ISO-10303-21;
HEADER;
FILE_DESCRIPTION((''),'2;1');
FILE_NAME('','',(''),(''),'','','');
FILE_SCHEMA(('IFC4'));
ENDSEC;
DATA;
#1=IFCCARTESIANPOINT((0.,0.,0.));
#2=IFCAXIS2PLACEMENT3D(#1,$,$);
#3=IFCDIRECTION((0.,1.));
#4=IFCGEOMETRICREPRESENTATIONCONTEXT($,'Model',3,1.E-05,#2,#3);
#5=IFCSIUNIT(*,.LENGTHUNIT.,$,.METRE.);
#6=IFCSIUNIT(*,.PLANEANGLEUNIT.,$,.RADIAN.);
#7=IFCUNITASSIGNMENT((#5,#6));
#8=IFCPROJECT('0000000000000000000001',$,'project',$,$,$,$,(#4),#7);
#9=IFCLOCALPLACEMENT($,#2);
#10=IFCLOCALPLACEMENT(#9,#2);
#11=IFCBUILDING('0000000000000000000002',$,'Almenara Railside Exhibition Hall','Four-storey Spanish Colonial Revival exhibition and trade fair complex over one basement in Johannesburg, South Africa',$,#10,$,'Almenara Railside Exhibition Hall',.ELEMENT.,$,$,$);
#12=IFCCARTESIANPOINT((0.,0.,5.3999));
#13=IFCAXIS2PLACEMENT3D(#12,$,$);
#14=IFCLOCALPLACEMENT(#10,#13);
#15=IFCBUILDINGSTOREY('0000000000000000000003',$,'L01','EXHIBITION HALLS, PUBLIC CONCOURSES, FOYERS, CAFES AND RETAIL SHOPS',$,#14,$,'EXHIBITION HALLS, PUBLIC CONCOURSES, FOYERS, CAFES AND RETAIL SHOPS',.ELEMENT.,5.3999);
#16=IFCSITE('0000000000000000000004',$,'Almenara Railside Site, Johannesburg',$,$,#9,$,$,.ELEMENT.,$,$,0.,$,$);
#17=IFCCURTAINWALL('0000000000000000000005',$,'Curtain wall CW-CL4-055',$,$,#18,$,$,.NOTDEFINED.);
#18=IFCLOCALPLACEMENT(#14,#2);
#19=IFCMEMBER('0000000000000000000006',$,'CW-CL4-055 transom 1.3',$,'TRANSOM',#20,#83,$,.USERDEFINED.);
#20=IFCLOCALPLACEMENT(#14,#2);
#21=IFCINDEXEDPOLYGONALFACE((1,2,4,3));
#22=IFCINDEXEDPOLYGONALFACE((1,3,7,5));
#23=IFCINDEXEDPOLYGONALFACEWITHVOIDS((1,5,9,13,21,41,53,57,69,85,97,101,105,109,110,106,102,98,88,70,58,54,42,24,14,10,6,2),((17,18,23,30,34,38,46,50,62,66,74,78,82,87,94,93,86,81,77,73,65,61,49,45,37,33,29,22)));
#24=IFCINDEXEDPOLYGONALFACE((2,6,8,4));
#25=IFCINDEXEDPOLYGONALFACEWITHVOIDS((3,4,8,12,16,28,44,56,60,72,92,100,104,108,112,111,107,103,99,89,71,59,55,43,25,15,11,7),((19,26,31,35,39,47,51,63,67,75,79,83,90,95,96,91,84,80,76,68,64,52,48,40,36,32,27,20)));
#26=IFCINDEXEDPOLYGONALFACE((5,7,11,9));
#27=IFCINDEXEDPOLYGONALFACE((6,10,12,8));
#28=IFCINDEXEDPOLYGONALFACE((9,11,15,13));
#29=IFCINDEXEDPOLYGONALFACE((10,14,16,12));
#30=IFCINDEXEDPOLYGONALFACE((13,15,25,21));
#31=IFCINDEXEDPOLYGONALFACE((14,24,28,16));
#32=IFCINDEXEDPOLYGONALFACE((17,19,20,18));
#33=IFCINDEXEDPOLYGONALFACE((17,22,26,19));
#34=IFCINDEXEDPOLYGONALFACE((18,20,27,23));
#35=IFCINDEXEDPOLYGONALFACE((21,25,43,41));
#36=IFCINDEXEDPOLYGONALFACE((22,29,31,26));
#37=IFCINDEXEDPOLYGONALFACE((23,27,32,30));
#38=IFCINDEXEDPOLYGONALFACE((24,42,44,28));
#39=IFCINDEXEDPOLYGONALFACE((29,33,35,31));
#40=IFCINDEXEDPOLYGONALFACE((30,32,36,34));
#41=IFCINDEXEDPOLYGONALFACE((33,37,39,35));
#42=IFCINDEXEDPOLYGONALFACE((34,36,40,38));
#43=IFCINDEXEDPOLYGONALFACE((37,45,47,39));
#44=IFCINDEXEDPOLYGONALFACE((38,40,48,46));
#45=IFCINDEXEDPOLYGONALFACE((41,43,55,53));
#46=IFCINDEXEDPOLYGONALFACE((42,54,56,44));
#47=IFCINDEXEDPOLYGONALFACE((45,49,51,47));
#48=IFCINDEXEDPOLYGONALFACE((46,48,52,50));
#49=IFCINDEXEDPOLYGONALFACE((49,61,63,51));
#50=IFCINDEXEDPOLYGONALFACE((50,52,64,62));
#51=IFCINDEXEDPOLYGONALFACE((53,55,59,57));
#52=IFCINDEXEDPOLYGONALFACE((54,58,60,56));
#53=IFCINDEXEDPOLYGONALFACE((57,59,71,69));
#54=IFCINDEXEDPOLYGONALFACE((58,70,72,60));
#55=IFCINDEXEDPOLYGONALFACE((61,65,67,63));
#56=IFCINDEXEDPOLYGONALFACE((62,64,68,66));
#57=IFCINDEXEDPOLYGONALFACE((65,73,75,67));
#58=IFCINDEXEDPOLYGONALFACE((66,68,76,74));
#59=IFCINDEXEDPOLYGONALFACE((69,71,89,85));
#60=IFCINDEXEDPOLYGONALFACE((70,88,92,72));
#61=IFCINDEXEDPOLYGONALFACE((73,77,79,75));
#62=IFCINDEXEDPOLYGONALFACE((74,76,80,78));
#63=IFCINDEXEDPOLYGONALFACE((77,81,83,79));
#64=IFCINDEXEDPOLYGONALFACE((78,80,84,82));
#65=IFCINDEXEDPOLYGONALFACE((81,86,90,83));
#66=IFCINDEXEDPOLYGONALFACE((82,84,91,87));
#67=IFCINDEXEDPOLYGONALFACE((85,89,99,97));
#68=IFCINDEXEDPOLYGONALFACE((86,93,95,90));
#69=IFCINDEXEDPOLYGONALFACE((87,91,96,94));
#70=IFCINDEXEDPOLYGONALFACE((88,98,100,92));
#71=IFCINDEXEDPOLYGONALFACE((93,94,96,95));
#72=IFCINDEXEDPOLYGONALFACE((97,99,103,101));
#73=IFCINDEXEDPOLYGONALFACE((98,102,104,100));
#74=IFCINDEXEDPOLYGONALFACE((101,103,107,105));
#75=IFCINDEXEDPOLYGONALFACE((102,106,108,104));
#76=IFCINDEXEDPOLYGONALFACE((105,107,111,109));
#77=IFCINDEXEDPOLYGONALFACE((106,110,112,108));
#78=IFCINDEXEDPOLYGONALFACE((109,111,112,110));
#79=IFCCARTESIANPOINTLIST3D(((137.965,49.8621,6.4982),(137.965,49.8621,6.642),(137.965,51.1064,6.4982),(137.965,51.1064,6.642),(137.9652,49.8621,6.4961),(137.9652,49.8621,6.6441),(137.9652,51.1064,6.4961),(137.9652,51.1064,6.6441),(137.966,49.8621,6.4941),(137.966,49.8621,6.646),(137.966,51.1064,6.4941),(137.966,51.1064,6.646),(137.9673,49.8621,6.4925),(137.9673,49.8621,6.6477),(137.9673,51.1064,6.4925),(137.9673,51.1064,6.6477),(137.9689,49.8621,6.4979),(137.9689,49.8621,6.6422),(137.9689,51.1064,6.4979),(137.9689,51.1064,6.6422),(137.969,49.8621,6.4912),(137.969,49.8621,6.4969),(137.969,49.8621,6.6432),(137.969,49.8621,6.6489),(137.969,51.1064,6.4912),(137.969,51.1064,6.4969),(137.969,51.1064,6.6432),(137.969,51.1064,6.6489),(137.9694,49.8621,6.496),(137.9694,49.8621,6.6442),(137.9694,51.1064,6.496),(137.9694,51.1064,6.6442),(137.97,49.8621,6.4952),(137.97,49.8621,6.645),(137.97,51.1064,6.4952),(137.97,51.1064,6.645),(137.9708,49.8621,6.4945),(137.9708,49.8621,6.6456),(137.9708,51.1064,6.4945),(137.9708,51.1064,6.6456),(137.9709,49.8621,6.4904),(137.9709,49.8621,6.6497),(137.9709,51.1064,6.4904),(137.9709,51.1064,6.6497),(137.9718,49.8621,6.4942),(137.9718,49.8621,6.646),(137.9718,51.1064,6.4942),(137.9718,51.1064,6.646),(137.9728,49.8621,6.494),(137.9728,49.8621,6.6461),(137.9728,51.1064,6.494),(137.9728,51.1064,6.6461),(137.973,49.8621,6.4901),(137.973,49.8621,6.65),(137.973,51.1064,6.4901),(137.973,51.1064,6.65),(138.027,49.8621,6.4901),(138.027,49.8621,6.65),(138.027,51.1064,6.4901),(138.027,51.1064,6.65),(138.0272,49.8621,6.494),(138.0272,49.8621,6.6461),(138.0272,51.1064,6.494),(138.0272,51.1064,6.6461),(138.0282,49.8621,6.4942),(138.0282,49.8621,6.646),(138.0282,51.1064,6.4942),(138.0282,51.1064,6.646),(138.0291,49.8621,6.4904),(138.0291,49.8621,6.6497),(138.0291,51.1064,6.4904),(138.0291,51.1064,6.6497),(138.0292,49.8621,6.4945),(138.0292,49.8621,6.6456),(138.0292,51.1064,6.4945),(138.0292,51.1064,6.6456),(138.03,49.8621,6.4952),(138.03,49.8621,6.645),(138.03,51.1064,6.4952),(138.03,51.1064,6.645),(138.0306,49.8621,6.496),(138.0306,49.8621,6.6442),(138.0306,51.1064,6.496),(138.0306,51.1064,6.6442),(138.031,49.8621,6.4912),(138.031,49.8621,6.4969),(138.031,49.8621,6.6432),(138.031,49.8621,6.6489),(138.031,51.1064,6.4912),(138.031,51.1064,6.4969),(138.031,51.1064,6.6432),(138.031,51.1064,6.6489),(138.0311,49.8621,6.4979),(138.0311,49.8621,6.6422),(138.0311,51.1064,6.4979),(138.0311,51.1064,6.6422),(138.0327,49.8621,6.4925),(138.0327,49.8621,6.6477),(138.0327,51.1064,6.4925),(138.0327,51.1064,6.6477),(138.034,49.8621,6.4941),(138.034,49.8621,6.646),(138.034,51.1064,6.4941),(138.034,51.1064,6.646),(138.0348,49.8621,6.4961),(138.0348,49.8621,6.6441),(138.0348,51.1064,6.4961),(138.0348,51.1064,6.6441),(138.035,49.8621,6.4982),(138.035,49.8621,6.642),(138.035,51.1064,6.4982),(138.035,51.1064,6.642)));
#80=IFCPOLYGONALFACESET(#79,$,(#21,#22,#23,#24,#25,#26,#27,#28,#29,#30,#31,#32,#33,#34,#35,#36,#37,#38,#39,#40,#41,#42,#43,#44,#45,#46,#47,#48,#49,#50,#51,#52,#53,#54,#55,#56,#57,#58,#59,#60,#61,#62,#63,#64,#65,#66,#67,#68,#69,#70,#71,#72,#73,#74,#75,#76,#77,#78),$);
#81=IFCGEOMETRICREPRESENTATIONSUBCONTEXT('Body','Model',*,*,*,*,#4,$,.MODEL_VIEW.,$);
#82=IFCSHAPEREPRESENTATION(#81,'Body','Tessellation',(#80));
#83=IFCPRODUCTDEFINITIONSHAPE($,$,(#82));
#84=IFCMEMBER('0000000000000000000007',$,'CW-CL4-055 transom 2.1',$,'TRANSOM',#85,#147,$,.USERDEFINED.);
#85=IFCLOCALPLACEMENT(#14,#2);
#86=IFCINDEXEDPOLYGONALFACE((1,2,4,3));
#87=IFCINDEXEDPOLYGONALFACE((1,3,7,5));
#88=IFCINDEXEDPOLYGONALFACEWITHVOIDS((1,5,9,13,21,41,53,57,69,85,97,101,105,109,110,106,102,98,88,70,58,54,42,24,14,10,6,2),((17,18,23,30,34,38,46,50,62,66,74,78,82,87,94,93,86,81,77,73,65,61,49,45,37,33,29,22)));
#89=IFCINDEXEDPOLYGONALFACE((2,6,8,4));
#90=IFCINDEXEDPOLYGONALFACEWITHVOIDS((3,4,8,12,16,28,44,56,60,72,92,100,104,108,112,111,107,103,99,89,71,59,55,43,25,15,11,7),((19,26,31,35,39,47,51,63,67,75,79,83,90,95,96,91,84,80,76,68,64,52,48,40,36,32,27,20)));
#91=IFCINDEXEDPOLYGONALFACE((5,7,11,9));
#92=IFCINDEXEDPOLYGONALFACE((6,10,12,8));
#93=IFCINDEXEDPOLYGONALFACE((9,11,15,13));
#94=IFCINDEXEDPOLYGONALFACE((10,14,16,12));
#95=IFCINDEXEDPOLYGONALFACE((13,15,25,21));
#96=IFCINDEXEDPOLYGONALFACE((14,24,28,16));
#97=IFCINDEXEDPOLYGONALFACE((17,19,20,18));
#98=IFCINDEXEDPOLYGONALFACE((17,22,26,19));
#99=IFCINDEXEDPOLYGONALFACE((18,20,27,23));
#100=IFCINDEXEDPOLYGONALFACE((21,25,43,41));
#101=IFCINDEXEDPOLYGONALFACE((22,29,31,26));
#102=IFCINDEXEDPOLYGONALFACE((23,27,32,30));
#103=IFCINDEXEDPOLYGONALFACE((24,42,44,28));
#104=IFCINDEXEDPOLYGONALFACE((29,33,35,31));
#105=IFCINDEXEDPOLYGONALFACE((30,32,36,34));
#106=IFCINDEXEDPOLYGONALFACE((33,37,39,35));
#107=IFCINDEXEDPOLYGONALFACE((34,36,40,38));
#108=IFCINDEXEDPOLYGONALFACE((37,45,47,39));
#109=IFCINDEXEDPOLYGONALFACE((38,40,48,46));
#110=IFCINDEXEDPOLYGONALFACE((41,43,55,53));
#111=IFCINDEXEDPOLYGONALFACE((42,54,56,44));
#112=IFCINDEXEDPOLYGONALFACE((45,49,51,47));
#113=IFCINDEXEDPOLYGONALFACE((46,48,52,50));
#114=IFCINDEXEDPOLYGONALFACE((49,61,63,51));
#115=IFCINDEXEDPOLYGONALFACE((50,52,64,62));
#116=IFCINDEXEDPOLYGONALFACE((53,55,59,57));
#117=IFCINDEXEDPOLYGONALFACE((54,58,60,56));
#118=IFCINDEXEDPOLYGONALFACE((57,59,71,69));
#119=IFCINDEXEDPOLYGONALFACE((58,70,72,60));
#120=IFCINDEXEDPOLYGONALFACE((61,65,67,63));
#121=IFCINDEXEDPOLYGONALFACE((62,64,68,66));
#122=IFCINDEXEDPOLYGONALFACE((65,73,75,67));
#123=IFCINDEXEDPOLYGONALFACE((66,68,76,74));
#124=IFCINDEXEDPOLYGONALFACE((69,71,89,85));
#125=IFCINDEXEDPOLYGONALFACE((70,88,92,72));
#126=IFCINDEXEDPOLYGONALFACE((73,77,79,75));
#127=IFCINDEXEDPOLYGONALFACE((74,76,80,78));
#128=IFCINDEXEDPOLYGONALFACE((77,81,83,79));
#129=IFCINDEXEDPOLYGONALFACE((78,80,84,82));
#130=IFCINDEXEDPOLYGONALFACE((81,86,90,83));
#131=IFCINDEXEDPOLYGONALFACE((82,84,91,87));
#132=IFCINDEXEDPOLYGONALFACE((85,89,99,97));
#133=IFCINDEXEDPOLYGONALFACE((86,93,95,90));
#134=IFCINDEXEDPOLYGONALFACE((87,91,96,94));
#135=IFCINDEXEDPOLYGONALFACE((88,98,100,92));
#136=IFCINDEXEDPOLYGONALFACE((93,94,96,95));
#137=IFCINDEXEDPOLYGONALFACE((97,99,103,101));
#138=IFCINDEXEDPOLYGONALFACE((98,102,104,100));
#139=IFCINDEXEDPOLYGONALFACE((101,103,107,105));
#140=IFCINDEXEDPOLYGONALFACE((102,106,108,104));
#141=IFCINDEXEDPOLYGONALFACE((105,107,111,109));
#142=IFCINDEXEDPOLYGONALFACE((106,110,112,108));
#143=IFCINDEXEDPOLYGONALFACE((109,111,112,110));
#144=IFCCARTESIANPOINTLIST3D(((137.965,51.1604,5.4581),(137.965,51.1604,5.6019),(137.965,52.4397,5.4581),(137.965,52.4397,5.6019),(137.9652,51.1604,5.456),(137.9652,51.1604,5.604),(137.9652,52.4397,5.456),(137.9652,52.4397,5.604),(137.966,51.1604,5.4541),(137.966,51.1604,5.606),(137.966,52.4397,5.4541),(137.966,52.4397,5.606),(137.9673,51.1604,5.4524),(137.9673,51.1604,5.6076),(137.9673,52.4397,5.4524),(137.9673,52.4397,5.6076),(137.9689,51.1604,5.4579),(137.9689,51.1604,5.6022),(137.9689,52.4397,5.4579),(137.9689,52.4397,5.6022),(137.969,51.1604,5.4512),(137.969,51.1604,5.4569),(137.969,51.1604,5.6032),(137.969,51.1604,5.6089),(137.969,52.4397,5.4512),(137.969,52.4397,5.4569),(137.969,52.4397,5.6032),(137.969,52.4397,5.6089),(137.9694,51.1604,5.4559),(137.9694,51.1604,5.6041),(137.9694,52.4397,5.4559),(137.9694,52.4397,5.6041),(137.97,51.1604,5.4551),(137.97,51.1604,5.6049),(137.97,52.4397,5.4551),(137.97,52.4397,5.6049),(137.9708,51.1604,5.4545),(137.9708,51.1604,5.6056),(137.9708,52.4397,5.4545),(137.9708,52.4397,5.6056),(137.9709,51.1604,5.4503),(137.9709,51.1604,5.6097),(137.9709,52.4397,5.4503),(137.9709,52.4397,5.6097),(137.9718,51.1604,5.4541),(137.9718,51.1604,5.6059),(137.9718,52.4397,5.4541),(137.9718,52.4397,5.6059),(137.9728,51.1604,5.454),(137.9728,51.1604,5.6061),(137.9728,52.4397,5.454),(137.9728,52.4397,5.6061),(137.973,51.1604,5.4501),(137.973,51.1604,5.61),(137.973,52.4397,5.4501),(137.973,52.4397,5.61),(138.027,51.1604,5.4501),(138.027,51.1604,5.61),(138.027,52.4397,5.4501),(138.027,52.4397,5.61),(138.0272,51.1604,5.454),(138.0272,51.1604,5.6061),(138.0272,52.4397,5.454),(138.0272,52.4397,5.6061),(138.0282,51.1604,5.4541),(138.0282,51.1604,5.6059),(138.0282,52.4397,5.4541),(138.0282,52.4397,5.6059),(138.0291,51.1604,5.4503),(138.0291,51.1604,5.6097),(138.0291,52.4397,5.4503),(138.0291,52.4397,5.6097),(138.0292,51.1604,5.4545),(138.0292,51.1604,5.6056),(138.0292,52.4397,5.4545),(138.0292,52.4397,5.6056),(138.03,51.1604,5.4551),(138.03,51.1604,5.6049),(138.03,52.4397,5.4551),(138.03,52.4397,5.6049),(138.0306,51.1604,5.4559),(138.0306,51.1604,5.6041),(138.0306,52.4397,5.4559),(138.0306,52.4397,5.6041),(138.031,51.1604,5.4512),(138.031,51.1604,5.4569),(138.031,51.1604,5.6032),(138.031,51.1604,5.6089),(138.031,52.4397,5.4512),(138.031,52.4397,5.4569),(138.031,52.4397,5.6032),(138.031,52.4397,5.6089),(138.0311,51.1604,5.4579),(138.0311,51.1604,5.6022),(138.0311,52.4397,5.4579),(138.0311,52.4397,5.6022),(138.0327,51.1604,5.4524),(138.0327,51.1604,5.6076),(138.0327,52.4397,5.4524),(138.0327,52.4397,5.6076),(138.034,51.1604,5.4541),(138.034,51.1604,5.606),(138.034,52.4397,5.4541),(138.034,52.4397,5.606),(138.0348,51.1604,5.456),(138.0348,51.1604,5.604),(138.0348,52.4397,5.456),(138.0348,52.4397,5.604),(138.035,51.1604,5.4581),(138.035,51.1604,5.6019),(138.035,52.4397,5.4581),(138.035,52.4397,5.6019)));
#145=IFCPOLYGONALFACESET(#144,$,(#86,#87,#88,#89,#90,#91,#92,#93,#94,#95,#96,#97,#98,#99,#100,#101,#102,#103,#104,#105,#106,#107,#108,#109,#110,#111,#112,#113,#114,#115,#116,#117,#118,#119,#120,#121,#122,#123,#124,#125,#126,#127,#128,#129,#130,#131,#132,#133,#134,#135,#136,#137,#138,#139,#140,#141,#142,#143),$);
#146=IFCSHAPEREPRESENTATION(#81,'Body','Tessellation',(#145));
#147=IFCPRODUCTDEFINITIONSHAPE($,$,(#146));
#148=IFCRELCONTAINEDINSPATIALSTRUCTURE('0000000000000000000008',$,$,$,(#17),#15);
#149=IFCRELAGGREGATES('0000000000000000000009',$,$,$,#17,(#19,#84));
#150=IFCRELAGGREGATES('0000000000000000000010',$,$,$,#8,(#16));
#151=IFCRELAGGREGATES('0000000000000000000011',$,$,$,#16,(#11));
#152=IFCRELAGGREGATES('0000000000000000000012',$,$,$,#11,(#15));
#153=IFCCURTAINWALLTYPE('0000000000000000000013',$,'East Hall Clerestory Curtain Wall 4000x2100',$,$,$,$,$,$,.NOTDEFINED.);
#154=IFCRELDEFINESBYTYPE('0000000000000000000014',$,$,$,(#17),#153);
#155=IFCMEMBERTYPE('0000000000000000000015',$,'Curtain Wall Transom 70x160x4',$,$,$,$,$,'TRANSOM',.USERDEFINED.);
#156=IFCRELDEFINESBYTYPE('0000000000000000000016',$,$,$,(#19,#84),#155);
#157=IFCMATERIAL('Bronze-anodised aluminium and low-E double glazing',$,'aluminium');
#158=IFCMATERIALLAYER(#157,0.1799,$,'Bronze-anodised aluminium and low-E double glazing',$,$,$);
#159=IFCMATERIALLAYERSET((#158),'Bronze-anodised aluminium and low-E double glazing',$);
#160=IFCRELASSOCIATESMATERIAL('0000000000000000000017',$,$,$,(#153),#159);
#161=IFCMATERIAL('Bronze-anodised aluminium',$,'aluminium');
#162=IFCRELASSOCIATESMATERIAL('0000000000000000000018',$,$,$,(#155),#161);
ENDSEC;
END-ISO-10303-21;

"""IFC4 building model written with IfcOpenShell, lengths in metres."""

from ifc_helpers import new_model, si_unit, direction, frame, origin, origin_2d, place, context, subcontext, project, spatial, hollow_rectangle, extrude, material, layer, layer_set, material_profile, profile_set, type_object, element, aggregate, save


model = new_model("IFC4")

# Units and contexts
model_context = context("Model", 3, precision=1e-05, world=origin(), true_north=direction((0.0, 1.0)))
body_context = subcontext(model_context, "Body", "Model", "MODEL_VIEW")
ifc_project = project(units=[si_unit("LENGTHUNIT", "METRE"), si_unit("PLANEANGLEUNIT", "RADIAN")], contexts=[model_context])

# Site, building, storey
site_placement = place(None, origin())
site = spatial("IfcSite", under=ifc_project, at=site_placement, Name="Almenara Railside Site, Johannesburg", CompositionType="ELEMENT", RefElevation=0.0)
building_placement = place(site_placement, origin())
building = spatial("IfcBuilding", under=site, at=building_placement, Name="Almenara Railside Exhibition Hall", Description="Four-storey Spanish Colonial Revival exhibition and trade fair complex over one basement in Johannesburg, South Africa", LongName="Almenara Railside Exhibition Hall", CompositionType="ELEMENT")
storey_placement = place(building_placement, frame((0.0, 0.0, 5.3999)))
storey = spatial("IfcBuildingStorey", under=building, at=storey_placement, Name="L01", Description="EXHIBITION HALLS, PUBLIC CONCOURSES, FOYERS, CAFES AND RETAIL SHOPS", LongName="EXHIBITION HALLS, PUBLIC CONCOURSES, FOYERS, CAFES AND RETAIL SHOPS", CompositionType="ELEMENT", Elevation=5.3999)

# Shared definitions
ifc_material_1 = material(Name="Bronze-anodised aluminium and low-E double glazing", Category="aluminium")
ifc_material_2 = material(Name="Bronze-anodised aluminium", Category="aluminium")

# Curtain wall, members
ifc_layer_1 = layer(ifc_material_1, 0.1799, Name="Bronze-anodised aluminium and low-E double glazing")
ifc_layer_set_1 = layer_set([ifc_layer_1], Name="Bronze-anodised aluminium and low-E double glazing")
curtain_wall_type_1 = type_object("IfcCurtainWallType", Name="East Hall Clerestory Curtain Wall 4000x2100", PredefinedType="NOTDEFINED", material=ifc_layer_set_1)
curtain_wall_1_placement = place(storey_placement, origin())
curtain_wall_1 = element("IfcCurtainWall", 1, at=curtain_wall_1_placement, inside=storey, type_object=curtain_wall_type_1, Name="Curtain wall CW-CL4-055", PredefinedType="NOTDEFINED")
ifc_material_profile_1 = material_profile(ifc_material_2, hollow_rectangle(XDim=0.0701, YDim=0.1599, WallThickness=0.0039, InnerFilletRadius=0.0039, OuterFilletRadius=0.0081, at=origin_2d()), Name="ALU-TRN 70x160x4")
ifc_profile_set_1 = profile_set([ifc_material_profile_1], Name="Bronze-anodised aluminium")
member_type_1 = type_object("IfcMemberType", Name="Curtain Wall Transom 70x160x4", ElementType="TRANSOM", PredefinedType="USERDEFINED", material=ifc_profile_set_1)
member_1_placement = place(storey_placement, frame((138.0, 49.8621, 6.5701), z_axis=(0.0, 1.0, 0.0), x_axis=(-1.0, 0.0, 0.0)))
member_1 = element("IfcMember", 2, at=member_1_placement, type_object=member_type_1, Name="CW-CL4-055 transom 1.3", ObjectType="TRANSOM", PredefinedType="USERDEFINED", context=body_context, shape_type="SweptSolid", body=[
    extrude(hollow_rectangle(XDim=0.0701, YDim=0.1599, WallThickness=0.0039, InnerFilletRadius=0.0039, OuterFilletRadius=0.0081, at=origin_2d()), origin(), (0.0, 0.0, 1.0), 1.2444),
])
member_2_placement = place(storey_placement, frame((138.0, 51.1604, 5.53), z_axis=(0.0, 1.0, 0.0), x_axis=(-1.0, 0.0, 0.0)))
member_2 = element("IfcMember", 3, at=member_2_placement, type_object=member_type_1, Name="CW-CL4-055 transom 2.1", ObjectType="TRANSOM", PredefinedType="USERDEFINED", context=body_context, shape_type="SweptSolid", body=[
    extrude(hollow_rectangle(XDim=0.0701, YDim=0.1599, WallThickness=0.0039, InnerFilletRadius=0.0039, OuterFilletRadius=0.0081, at=origin_2d()), origin(), (0.0, 0.0, 1.0), 1.2793),
])
aggregate(curtain_wall_1, [member_1, member_2])

save(model, "model.ifc")
